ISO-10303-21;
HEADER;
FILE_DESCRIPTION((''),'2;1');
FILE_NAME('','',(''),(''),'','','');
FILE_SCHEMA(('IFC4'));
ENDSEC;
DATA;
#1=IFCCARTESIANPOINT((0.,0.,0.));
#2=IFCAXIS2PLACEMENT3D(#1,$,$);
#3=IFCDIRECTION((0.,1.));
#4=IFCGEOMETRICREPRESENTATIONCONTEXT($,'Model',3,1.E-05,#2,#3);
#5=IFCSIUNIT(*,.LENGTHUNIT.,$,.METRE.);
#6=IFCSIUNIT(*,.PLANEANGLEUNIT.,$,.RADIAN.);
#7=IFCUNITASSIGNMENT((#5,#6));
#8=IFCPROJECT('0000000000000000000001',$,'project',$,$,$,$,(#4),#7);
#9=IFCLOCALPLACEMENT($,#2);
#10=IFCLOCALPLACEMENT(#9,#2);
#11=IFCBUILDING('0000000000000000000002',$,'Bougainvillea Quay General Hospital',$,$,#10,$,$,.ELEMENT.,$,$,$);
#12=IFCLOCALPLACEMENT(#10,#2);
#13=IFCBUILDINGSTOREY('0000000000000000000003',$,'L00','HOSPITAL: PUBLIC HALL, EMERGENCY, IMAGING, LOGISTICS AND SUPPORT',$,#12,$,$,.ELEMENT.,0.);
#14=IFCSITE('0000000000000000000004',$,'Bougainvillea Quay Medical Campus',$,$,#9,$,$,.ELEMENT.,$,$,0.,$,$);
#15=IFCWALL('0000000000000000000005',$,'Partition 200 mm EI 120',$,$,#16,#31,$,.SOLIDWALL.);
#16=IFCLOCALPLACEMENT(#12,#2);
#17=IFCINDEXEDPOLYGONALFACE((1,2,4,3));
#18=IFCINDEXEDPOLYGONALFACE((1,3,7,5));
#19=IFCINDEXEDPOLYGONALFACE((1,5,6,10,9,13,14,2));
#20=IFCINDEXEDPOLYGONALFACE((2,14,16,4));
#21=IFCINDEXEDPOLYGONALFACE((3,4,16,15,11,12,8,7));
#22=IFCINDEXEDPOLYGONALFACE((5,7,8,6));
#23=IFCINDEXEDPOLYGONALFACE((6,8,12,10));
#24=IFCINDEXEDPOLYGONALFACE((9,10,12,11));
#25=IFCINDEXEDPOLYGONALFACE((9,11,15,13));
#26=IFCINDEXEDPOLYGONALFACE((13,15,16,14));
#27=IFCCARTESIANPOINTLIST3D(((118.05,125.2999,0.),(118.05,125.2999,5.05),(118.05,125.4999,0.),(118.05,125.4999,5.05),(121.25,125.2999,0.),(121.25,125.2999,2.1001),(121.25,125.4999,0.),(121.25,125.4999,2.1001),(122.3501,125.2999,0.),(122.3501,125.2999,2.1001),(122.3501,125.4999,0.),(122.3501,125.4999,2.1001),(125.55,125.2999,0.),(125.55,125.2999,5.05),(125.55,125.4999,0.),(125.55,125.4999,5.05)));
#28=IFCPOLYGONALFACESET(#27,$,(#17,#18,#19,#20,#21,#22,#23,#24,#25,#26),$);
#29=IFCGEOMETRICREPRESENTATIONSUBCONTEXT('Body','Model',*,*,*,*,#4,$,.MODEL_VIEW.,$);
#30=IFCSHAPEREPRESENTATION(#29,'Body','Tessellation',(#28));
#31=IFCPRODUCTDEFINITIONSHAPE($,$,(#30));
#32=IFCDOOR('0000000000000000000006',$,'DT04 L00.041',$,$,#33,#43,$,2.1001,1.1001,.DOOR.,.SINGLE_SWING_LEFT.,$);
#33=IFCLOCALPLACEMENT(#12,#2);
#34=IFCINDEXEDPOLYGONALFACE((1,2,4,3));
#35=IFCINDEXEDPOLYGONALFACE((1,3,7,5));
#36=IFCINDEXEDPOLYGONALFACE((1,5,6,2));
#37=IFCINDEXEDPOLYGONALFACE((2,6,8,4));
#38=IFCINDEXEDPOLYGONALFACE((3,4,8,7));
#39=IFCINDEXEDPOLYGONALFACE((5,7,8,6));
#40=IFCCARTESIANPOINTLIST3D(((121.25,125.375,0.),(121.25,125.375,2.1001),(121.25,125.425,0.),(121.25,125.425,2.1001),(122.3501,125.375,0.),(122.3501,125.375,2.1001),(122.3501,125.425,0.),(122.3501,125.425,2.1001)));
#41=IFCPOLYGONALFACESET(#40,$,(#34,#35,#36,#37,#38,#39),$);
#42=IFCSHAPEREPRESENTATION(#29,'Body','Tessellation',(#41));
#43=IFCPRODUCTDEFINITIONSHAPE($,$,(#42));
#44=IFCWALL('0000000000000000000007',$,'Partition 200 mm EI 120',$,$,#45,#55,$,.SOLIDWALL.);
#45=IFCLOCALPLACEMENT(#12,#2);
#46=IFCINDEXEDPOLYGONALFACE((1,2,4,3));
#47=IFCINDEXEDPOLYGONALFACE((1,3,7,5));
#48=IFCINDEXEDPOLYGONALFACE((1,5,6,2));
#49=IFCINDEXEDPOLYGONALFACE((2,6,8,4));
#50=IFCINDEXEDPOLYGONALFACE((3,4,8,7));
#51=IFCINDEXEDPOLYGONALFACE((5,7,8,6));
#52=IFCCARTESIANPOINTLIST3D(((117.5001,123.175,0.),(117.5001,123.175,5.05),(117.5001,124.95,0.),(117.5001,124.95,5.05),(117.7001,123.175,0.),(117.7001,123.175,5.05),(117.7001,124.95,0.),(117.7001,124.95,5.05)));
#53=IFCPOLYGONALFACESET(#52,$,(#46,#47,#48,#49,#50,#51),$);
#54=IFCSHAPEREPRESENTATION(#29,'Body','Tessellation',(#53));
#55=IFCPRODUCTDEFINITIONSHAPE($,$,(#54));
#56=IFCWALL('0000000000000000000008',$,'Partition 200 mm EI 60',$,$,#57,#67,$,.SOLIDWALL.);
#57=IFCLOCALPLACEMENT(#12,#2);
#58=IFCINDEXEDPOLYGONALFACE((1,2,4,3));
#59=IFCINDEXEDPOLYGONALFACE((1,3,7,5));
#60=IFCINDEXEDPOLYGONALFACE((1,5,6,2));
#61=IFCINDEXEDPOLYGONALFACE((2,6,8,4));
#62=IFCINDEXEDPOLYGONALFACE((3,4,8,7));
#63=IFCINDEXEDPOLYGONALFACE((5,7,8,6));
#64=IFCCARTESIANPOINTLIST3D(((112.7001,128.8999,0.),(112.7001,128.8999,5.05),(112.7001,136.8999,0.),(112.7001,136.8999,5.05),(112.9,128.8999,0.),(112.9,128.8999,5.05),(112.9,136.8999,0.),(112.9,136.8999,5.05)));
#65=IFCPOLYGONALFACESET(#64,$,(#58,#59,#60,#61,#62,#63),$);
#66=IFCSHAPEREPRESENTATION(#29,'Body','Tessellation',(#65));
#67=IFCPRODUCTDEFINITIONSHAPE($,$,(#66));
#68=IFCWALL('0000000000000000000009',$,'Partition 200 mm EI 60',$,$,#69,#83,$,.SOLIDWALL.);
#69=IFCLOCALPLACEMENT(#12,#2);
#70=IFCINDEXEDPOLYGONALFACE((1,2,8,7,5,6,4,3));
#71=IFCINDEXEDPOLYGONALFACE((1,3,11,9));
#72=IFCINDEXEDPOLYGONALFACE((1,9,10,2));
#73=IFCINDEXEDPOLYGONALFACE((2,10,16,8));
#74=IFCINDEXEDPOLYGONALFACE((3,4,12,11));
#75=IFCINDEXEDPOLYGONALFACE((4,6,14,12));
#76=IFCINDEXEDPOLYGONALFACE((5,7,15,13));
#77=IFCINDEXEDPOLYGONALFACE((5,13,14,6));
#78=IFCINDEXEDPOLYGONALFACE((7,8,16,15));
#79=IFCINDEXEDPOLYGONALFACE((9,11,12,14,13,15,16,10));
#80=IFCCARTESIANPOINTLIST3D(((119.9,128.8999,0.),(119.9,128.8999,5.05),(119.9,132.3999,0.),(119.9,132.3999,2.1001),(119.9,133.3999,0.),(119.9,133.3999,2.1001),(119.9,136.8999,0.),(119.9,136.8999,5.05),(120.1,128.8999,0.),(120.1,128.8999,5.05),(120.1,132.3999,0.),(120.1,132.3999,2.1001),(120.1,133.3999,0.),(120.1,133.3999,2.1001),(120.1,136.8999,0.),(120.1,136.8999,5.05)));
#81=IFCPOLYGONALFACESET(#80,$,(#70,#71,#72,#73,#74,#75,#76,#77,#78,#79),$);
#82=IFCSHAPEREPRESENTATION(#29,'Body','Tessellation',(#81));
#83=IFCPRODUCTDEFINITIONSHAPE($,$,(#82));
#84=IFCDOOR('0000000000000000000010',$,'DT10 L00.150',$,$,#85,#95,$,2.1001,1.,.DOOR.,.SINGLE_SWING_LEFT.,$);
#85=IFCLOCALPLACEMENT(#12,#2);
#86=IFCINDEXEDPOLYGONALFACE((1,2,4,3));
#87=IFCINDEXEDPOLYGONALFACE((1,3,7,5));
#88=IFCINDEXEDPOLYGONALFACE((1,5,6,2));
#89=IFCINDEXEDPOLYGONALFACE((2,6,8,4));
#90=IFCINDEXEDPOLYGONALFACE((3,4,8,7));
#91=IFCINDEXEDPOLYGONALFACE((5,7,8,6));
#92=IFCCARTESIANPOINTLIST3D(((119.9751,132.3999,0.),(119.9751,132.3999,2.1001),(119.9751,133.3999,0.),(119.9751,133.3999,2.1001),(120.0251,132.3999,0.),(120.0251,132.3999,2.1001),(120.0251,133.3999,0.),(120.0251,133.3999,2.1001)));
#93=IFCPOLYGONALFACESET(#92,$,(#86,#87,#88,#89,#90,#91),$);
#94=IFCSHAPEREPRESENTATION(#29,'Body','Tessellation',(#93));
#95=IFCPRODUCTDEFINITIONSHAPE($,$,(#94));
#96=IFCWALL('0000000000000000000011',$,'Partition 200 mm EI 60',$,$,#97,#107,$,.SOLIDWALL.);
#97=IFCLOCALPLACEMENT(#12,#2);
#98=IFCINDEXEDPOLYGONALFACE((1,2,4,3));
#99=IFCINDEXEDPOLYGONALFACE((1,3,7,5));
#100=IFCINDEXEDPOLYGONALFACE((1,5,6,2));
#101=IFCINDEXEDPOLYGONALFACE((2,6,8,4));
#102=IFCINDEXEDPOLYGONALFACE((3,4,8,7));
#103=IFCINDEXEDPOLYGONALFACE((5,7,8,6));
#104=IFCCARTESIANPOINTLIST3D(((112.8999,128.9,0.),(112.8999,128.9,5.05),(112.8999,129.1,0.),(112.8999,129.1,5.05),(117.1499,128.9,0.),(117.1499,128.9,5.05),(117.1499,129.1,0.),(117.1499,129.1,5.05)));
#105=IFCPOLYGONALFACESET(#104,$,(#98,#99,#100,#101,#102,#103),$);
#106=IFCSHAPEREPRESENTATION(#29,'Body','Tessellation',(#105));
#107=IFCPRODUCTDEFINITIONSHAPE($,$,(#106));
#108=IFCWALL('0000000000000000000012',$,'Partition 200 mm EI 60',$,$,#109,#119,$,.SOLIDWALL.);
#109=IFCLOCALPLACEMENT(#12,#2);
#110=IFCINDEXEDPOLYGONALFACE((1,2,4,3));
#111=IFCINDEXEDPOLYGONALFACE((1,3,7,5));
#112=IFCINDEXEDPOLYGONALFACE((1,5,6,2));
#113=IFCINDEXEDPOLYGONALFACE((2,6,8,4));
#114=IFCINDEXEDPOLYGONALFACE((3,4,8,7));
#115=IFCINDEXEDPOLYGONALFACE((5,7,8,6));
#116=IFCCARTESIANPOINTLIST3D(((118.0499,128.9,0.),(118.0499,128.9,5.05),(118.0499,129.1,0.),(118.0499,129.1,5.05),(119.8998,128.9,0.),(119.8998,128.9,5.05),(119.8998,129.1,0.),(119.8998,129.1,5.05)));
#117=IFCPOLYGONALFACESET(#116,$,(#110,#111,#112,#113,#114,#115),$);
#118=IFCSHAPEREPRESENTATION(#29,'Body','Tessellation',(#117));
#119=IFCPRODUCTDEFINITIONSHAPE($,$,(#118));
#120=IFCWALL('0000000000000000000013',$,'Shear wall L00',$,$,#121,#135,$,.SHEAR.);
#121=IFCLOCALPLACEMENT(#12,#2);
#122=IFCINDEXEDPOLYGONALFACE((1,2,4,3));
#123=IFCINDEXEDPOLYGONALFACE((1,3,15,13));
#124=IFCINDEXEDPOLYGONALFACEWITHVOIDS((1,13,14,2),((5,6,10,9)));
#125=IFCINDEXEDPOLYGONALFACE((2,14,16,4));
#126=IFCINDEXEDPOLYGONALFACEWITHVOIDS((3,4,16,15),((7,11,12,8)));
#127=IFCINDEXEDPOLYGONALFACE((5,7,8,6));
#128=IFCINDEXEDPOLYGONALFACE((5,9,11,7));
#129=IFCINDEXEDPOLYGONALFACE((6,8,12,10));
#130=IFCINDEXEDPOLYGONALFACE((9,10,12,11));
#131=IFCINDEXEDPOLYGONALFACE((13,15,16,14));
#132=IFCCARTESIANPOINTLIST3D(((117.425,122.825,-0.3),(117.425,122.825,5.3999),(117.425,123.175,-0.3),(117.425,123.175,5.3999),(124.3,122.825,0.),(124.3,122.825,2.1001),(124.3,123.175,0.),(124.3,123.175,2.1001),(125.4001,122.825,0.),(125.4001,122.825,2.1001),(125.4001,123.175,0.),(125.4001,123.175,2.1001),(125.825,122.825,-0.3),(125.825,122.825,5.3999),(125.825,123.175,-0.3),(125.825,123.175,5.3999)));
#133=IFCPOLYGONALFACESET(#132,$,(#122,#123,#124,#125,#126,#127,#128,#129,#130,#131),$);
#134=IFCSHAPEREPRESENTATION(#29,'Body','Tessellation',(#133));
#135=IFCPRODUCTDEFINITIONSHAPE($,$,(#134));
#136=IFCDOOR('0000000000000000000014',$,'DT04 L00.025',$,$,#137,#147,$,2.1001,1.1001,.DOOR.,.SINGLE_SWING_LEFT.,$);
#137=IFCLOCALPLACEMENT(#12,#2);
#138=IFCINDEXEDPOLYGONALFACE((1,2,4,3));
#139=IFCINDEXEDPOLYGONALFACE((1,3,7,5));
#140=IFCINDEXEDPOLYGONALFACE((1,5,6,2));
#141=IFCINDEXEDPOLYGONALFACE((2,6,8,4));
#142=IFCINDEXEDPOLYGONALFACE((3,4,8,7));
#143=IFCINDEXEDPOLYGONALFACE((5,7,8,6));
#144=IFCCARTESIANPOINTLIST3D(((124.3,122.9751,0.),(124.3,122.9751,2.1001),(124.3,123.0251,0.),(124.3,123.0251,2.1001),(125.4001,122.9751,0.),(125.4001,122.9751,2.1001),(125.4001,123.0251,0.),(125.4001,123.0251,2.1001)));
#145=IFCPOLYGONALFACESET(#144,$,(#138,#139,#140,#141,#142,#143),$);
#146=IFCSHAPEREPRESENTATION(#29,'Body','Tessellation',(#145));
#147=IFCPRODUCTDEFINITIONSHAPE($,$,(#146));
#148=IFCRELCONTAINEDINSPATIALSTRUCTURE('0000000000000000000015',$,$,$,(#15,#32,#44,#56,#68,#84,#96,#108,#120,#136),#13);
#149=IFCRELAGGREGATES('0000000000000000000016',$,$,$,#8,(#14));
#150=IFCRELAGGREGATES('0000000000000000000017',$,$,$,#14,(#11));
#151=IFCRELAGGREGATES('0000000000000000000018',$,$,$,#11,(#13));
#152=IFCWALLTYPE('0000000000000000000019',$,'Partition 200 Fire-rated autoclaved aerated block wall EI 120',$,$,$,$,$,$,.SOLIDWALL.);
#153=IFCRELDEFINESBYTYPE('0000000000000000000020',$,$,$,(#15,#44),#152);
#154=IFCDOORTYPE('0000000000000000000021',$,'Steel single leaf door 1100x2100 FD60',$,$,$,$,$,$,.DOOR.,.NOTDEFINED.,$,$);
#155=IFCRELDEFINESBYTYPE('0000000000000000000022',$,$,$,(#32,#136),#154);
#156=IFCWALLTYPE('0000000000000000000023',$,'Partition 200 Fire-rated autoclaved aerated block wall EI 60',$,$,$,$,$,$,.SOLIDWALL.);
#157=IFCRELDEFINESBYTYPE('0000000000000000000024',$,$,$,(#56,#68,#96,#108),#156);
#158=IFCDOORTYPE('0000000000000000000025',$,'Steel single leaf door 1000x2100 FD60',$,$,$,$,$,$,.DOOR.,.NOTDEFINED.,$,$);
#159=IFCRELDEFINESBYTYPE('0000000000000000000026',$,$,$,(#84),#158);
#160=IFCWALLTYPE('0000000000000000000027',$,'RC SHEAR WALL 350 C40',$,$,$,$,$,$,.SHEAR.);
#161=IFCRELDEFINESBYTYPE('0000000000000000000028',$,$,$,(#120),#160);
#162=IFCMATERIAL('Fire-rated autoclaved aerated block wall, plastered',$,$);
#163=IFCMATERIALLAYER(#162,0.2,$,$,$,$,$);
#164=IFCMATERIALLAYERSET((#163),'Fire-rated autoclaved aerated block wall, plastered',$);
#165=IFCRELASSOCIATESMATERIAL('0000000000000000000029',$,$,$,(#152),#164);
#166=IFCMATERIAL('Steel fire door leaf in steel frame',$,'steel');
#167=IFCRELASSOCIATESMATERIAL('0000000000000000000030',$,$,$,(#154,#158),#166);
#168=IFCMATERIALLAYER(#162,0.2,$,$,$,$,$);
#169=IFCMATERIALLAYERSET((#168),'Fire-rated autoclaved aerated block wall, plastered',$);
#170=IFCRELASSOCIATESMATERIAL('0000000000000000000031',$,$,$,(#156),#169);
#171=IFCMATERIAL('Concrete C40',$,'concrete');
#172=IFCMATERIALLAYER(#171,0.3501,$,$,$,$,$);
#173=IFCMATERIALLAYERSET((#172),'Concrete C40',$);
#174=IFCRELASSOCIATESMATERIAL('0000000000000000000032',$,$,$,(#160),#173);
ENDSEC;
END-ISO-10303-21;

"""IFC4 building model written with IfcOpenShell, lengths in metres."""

from ifc_helpers import new_model, si_unit, direction, frame, frame_2d, origin, place, context, subcontext, project, spatial, rectangle, extrude, material, layer, layer_set, type_object, element, fill, save


model = new_model("IFC4")

# Units and contexts
model_context = context("Model", 3, precision=1e-05, world=origin(), true_north=direction((0.0, 1.0)))
body_context = subcontext(model_context, "Body", "Model", "MODEL_VIEW")
ifc_project = project(units=[si_unit("LENGTHUNIT", "METRE"), si_unit("PLANEANGLEUNIT", "RADIAN")], contexts=[model_context])

# Site, building, storey
site_placement = place(None, origin())
site = spatial("IfcSite", under=ifc_project, at=site_placement, Name="Bougainvillea Quay Medical Campus", CompositionType="ELEMENT", RefElevation=0.0)
building_placement = place(site_placement, origin())
building = spatial("IfcBuilding", under=site, at=building_placement, Name="Bougainvillea Quay General Hospital", CompositionType="ELEMENT")
storey_placement = place(building_placement, origin())
storey = spatial("IfcBuildingStorey", under=building, at=storey_placement, Name="L00", Description="HOSPITAL: PUBLIC HALL, EMERGENCY, IMAGING, LOGISTICS AND SUPPORT", CompositionType="ELEMENT", Elevation=0.0)

# Shared definitions
ifc_material_1 = material(Name="Concrete C40", Category="concrete")

# Shared definitions
ifc_material_2 = material(Name="Fire-rated autoclaved aerated block wall, plastered")
ifc_layer_1 = layer(ifc_material_2, 0.2)
ifc_layer_set_1 = layer_set([ifc_layer_1], Name="Fire-rated autoclaved aerated block wall, plastered")
wall_type_1 = type_object("IfcWallType", Name="Partition 200 Fire-rated autoclaved aerated block wall EI 120", PredefinedType="SOLIDWALL", material=ifc_layer_set_1)

# Wall, opening, door
wall_1_placement = place(storey_placement, frame((118.05, 125.3999, 0.0), z_axis=(0.0, 0.0, 1.0), x_axis=(1.0, 0.0, 0.0)))
wall_1 = element("IfcWall", 1, at=wall_1_placement, inside=storey, type_object=wall_type_1, Name="Partition 200 mm EI 120", PredefinedType="SOLIDWALL", context=body_context, shape_type="SweptSolid", body=[
    extrude(rectangle(XDim=7.5, YDim=0.2, at=frame_2d((3.75, 0.0))), origin(), (0.0, 0.0, 1.0), 5.05),
])
opening_1_placement = place(wall_1_placement, frame((3.2, 0.0, 0.0)))
opening_1 = element("IfcOpeningElement", 2, at=opening_1_placement, cuts=wall_1, PredefinedType="OPENING", context=body_context, shape_type="SweptSolid", body=[
    extrude(rectangle(XDim=1.1001, YDim=2.1001, at=frame_2d((0.55, 1.05))), frame((0.0, 0.1099, 0.0), z_axis=(0.0, -1.0, 0.0), x_axis=(1.0, 0.0, 0.0)), (0.0, 0.0, 1.0), 0.22),
])
ifc_material_3 = material(Name="Steel fire door leaf in steel frame", Category="steel")
door_type_1 = type_object("IfcDoorType", Name="Steel single leaf door 1100x2100 FD60", OperationType="NOTDEFINED", PredefinedType="DOOR", material=ifc_material_3)
door_1_placement = place(opening_1_placement, frame((1.1001, 0.0, 0.0), z_axis=(0.0, 0.0, 1.0), x_axis=(-1.0, 0.0, 0.0)))
door_1 = element("IfcDoor", 3, at=door_1_placement, inside=storey, type_object=door_type_1, Name="DT04 L00.041", OperationType="SINGLE_SWING_LEFT", OverallHeight=2.1001, OverallWidth=1.1001, PredefinedType="DOOR", context=body_context, shape_type="SweptSolid", body=[
    extrude(rectangle(XDim=1.1001, YDim=2.1001, at=frame_2d((0.55, 1.05))), frame((0.0, 0.0249, 0.0), z_axis=(0.0, -1.0, 0.0), x_axis=(1.0, 0.0, 0.0)), (0.0, 0.0, 1.0), 0.05),
])
fill(opening_1, door_1)

# Walls
wall_2_placement = place(storey_placement, frame((117.6001, 123.175, 0.0), z_axis=(0.0, 0.0, 1.0), x_axis=(0.0, 1.0, 0.0)))
element("IfcWall", 4, at=wall_2_placement, inside=storey, type_object=wall_type_1, Name="Partition 200 mm EI 120", PredefinedType="SOLIDWALL", context=body_context, shape_type="SweptSolid", body=[
    extrude(rectangle(XDim=1.7749, YDim=0.2, at=frame_2d((0.8875, 0.0))), origin(), (0.0, 0.0, 1.0), 5.05),
])
ifc_layer_2 = layer(ifc_material_2, 0.2)
ifc_layer_set_2 = layer_set([ifc_layer_2], Name="Fire-rated autoclaved aerated block wall, plastered")
wall_type_2 = type_object("IfcWallType", Name="Partition 200 Fire-rated autoclaved aerated block wall EI 60", PredefinedType="SOLIDWALL", material=ifc_layer_set_2)
wall_3_placement = place(storey_placement, frame((112.8, 128.8999, 0.0), z_axis=(0.0, 0.0, 1.0), x_axis=(0.0, 1.0, 0.0)))
element("IfcWall", 5, at=wall_3_placement, inside=storey, type_object=wall_type_2, Name="Partition 200 mm EI 60", PredefinedType="SOLIDWALL", context=body_context, shape_type="SweptSolid", body=[
    extrude(rectangle(XDim=8.0, YDim=0.2, at=frame_2d((4.0, 0.0))), origin(), (0.0, 0.0, 1.0), 5.05),
])

# Wall, opening, door
wall_4_placement = place(storey_placement, frame((120.0, 128.8999, 0.0), z_axis=(0.0, 0.0, 1.0), x_axis=(0.0, 1.0, 0.0)))
wall_4 = element("IfcWall", 6, at=wall_4_placement, inside=storey, type_object=wall_type_2, Name="Partition 200 mm EI 60", PredefinedType="SOLIDWALL", context=body_context, shape_type="SweptSolid", body=[
    extrude(rectangle(XDim=8.0, YDim=0.2, at=frame_2d((4.0, 0.0))), origin(), (0.0, 0.0, 1.0), 5.05),
])
opening_2_placement = place(wall_4_placement, frame((3.5, 0.0, 0.0)))
opening_2 = element("IfcOpeningElement", 7, at=opening_2_placement, cuts=wall_4, PredefinedType="OPENING", context=body_context, shape_type="SweptSolid", body=[
    extrude(rectangle(XDim=1.0, YDim=2.1001, at=frame_2d((0.5, 1.05))), frame((0.0, 0.1099, 0.0), z_axis=(0.0, -1.0, 0.0), x_axis=(1.0, 0.0, 0.0)), (0.0, 0.0, 1.0), 0.22),
])
door_type_2 = type_object("IfcDoorType", Name="Steel single leaf door 1000x2100 FD60", OperationType="NOTDEFINED", PredefinedType="DOOR", material=ifc_material_3)
door_2_placement = place(opening_2_placement, origin())
door_2 = element("IfcDoor", 8, at=door_2_placement, inside=storey, type_object=door_type_2, Name="DT10 L00.150", OperationType="SINGLE_SWING_LEFT", OverallHeight=2.1001, OverallWidth=1.0, PredefinedType="DOOR", context=body_context, shape_type="SweptSolid", body=[
    extrude(rectangle(XDim=1.0, YDim=2.1001, at=frame_2d((0.5, 1.05))), frame((0.0, 0.0249, 0.0), z_axis=(0.0, -1.0, 0.0), x_axis=(1.0, 0.0, 0.0)), (0.0, 0.0, 1.0), 0.05),
])
fill(opening_2, door_2)

# Walls
wall_5_placement = place(storey_placement, frame((112.8999, 129.0, 0.0), z_axis=(0.0, 0.0, 1.0), x_axis=(1.0, 0.0, 0.0)))
element("IfcWall", 9, at=wall_5_placement, inside=storey, type_object=wall_type_2, Name="Partition 200 mm EI 60", PredefinedType="SOLIDWALL", context=body_context, shape_type="SweptSolid", body=[
    extrude(rectangle(XDim=4.25, YDim=0.2, at=frame_2d((2.125, 0.0))), origin(), (0.0, 0.0, 1.0), 5.05),
])
wall_6_placement = place(storey_placement, frame((118.05, 129.0, 0.0), z_axis=(0.0, 0.0, 1.0), x_axis=(1.0, 0.0, 0.0)))
element("IfcWall", 10, at=wall_6_placement, inside=storey, type_object=wall_type_2, Name="Partition 200 mm EI 60", PredefinedType="SOLIDWALL", context=body_context, shape_type="SweptSolid", body=[
    extrude(rectangle(XDim=1.8499, YDim=0.2, at=frame_2d((0.9248, 0.0))), origin(), (0.0, 0.0, 1.0), 5.05),
])

# Wall, opening, door
ifc_layer_3 = layer(ifc_material_1, 0.3501)
ifc_layer_set_3 = layer_set([ifc_layer_3], Name="Concrete C40")
wall_type_3 = type_object("IfcWallType", Name="RC SHEAR WALL 350 C40", PredefinedType="SHEAR", material=ifc_layer_set_3)
wall_7_placement = place(storey_placement, frame((117.425, 123.0, -0.3), z_axis=(0.0, 0.0, 1.0), x_axis=(1.0, 0.0, 0.0)))
wall_7 = element("IfcWall", 11, at=wall_7_placement, inside=storey, type_object=wall_type_3, Name="Shear wall L00", PredefinedType="SHEAR", context=body_context, shape_type="SweptSolid", body=[
    extrude(rectangle(XDim=8.3999, YDim=0.3501, at=frame_2d((4.2, 0.0))), origin(), (0.0, 0.0, 1.0), 5.7),
])
opening_3_placement = place(wall_7_placement, frame((6.875, 0.0, 0.3)))
opening_3 = element("IfcOpeningElement", 12, at=opening_3_placement, cuts=wall_7, PredefinedType="OPENING", context=body_context, shape_type="SweptSolid", body=[
    extrude(rectangle(XDim=1.1001, YDim=2.1001, at=frame_2d((0.55, 1.05))), frame((0.0, 0.1851, 0.0), z_axis=(0.0, -1.0, 0.0), x_axis=(1.0, 0.0, 0.0)), (0.0, 0.0, 1.0), 0.3701),
])
door_3_placement = place(opening_3_placement, frame((1.1001, 0.0, 0.0), z_axis=(0.0, 0.0, 1.0), x_axis=(-1.0, 0.0, 0.0)))
door_3 = element("IfcDoor", 13, at=door_3_placement, inside=storey, type_object=door_type_1, Name="DT04 L00.025", OperationType="SINGLE_SWING_LEFT", OverallHeight=2.1001, OverallWidth=1.1001, PredefinedType="DOOR", context=body_context, shape_type="SweptSolid", body=[
    extrude(rectangle(XDim=1.1001, YDim=2.1001, at=frame_2d((0.55, 1.05))), frame((0.0, 0.0249, 0.0), z_axis=(0.0, -1.0, 0.0), x_axis=(1.0, 0.0, 0.0)), (0.0, 0.0, 1.0), 0.05),
])
fill(opening_3, door_3)

save(model, "model.ifc")
